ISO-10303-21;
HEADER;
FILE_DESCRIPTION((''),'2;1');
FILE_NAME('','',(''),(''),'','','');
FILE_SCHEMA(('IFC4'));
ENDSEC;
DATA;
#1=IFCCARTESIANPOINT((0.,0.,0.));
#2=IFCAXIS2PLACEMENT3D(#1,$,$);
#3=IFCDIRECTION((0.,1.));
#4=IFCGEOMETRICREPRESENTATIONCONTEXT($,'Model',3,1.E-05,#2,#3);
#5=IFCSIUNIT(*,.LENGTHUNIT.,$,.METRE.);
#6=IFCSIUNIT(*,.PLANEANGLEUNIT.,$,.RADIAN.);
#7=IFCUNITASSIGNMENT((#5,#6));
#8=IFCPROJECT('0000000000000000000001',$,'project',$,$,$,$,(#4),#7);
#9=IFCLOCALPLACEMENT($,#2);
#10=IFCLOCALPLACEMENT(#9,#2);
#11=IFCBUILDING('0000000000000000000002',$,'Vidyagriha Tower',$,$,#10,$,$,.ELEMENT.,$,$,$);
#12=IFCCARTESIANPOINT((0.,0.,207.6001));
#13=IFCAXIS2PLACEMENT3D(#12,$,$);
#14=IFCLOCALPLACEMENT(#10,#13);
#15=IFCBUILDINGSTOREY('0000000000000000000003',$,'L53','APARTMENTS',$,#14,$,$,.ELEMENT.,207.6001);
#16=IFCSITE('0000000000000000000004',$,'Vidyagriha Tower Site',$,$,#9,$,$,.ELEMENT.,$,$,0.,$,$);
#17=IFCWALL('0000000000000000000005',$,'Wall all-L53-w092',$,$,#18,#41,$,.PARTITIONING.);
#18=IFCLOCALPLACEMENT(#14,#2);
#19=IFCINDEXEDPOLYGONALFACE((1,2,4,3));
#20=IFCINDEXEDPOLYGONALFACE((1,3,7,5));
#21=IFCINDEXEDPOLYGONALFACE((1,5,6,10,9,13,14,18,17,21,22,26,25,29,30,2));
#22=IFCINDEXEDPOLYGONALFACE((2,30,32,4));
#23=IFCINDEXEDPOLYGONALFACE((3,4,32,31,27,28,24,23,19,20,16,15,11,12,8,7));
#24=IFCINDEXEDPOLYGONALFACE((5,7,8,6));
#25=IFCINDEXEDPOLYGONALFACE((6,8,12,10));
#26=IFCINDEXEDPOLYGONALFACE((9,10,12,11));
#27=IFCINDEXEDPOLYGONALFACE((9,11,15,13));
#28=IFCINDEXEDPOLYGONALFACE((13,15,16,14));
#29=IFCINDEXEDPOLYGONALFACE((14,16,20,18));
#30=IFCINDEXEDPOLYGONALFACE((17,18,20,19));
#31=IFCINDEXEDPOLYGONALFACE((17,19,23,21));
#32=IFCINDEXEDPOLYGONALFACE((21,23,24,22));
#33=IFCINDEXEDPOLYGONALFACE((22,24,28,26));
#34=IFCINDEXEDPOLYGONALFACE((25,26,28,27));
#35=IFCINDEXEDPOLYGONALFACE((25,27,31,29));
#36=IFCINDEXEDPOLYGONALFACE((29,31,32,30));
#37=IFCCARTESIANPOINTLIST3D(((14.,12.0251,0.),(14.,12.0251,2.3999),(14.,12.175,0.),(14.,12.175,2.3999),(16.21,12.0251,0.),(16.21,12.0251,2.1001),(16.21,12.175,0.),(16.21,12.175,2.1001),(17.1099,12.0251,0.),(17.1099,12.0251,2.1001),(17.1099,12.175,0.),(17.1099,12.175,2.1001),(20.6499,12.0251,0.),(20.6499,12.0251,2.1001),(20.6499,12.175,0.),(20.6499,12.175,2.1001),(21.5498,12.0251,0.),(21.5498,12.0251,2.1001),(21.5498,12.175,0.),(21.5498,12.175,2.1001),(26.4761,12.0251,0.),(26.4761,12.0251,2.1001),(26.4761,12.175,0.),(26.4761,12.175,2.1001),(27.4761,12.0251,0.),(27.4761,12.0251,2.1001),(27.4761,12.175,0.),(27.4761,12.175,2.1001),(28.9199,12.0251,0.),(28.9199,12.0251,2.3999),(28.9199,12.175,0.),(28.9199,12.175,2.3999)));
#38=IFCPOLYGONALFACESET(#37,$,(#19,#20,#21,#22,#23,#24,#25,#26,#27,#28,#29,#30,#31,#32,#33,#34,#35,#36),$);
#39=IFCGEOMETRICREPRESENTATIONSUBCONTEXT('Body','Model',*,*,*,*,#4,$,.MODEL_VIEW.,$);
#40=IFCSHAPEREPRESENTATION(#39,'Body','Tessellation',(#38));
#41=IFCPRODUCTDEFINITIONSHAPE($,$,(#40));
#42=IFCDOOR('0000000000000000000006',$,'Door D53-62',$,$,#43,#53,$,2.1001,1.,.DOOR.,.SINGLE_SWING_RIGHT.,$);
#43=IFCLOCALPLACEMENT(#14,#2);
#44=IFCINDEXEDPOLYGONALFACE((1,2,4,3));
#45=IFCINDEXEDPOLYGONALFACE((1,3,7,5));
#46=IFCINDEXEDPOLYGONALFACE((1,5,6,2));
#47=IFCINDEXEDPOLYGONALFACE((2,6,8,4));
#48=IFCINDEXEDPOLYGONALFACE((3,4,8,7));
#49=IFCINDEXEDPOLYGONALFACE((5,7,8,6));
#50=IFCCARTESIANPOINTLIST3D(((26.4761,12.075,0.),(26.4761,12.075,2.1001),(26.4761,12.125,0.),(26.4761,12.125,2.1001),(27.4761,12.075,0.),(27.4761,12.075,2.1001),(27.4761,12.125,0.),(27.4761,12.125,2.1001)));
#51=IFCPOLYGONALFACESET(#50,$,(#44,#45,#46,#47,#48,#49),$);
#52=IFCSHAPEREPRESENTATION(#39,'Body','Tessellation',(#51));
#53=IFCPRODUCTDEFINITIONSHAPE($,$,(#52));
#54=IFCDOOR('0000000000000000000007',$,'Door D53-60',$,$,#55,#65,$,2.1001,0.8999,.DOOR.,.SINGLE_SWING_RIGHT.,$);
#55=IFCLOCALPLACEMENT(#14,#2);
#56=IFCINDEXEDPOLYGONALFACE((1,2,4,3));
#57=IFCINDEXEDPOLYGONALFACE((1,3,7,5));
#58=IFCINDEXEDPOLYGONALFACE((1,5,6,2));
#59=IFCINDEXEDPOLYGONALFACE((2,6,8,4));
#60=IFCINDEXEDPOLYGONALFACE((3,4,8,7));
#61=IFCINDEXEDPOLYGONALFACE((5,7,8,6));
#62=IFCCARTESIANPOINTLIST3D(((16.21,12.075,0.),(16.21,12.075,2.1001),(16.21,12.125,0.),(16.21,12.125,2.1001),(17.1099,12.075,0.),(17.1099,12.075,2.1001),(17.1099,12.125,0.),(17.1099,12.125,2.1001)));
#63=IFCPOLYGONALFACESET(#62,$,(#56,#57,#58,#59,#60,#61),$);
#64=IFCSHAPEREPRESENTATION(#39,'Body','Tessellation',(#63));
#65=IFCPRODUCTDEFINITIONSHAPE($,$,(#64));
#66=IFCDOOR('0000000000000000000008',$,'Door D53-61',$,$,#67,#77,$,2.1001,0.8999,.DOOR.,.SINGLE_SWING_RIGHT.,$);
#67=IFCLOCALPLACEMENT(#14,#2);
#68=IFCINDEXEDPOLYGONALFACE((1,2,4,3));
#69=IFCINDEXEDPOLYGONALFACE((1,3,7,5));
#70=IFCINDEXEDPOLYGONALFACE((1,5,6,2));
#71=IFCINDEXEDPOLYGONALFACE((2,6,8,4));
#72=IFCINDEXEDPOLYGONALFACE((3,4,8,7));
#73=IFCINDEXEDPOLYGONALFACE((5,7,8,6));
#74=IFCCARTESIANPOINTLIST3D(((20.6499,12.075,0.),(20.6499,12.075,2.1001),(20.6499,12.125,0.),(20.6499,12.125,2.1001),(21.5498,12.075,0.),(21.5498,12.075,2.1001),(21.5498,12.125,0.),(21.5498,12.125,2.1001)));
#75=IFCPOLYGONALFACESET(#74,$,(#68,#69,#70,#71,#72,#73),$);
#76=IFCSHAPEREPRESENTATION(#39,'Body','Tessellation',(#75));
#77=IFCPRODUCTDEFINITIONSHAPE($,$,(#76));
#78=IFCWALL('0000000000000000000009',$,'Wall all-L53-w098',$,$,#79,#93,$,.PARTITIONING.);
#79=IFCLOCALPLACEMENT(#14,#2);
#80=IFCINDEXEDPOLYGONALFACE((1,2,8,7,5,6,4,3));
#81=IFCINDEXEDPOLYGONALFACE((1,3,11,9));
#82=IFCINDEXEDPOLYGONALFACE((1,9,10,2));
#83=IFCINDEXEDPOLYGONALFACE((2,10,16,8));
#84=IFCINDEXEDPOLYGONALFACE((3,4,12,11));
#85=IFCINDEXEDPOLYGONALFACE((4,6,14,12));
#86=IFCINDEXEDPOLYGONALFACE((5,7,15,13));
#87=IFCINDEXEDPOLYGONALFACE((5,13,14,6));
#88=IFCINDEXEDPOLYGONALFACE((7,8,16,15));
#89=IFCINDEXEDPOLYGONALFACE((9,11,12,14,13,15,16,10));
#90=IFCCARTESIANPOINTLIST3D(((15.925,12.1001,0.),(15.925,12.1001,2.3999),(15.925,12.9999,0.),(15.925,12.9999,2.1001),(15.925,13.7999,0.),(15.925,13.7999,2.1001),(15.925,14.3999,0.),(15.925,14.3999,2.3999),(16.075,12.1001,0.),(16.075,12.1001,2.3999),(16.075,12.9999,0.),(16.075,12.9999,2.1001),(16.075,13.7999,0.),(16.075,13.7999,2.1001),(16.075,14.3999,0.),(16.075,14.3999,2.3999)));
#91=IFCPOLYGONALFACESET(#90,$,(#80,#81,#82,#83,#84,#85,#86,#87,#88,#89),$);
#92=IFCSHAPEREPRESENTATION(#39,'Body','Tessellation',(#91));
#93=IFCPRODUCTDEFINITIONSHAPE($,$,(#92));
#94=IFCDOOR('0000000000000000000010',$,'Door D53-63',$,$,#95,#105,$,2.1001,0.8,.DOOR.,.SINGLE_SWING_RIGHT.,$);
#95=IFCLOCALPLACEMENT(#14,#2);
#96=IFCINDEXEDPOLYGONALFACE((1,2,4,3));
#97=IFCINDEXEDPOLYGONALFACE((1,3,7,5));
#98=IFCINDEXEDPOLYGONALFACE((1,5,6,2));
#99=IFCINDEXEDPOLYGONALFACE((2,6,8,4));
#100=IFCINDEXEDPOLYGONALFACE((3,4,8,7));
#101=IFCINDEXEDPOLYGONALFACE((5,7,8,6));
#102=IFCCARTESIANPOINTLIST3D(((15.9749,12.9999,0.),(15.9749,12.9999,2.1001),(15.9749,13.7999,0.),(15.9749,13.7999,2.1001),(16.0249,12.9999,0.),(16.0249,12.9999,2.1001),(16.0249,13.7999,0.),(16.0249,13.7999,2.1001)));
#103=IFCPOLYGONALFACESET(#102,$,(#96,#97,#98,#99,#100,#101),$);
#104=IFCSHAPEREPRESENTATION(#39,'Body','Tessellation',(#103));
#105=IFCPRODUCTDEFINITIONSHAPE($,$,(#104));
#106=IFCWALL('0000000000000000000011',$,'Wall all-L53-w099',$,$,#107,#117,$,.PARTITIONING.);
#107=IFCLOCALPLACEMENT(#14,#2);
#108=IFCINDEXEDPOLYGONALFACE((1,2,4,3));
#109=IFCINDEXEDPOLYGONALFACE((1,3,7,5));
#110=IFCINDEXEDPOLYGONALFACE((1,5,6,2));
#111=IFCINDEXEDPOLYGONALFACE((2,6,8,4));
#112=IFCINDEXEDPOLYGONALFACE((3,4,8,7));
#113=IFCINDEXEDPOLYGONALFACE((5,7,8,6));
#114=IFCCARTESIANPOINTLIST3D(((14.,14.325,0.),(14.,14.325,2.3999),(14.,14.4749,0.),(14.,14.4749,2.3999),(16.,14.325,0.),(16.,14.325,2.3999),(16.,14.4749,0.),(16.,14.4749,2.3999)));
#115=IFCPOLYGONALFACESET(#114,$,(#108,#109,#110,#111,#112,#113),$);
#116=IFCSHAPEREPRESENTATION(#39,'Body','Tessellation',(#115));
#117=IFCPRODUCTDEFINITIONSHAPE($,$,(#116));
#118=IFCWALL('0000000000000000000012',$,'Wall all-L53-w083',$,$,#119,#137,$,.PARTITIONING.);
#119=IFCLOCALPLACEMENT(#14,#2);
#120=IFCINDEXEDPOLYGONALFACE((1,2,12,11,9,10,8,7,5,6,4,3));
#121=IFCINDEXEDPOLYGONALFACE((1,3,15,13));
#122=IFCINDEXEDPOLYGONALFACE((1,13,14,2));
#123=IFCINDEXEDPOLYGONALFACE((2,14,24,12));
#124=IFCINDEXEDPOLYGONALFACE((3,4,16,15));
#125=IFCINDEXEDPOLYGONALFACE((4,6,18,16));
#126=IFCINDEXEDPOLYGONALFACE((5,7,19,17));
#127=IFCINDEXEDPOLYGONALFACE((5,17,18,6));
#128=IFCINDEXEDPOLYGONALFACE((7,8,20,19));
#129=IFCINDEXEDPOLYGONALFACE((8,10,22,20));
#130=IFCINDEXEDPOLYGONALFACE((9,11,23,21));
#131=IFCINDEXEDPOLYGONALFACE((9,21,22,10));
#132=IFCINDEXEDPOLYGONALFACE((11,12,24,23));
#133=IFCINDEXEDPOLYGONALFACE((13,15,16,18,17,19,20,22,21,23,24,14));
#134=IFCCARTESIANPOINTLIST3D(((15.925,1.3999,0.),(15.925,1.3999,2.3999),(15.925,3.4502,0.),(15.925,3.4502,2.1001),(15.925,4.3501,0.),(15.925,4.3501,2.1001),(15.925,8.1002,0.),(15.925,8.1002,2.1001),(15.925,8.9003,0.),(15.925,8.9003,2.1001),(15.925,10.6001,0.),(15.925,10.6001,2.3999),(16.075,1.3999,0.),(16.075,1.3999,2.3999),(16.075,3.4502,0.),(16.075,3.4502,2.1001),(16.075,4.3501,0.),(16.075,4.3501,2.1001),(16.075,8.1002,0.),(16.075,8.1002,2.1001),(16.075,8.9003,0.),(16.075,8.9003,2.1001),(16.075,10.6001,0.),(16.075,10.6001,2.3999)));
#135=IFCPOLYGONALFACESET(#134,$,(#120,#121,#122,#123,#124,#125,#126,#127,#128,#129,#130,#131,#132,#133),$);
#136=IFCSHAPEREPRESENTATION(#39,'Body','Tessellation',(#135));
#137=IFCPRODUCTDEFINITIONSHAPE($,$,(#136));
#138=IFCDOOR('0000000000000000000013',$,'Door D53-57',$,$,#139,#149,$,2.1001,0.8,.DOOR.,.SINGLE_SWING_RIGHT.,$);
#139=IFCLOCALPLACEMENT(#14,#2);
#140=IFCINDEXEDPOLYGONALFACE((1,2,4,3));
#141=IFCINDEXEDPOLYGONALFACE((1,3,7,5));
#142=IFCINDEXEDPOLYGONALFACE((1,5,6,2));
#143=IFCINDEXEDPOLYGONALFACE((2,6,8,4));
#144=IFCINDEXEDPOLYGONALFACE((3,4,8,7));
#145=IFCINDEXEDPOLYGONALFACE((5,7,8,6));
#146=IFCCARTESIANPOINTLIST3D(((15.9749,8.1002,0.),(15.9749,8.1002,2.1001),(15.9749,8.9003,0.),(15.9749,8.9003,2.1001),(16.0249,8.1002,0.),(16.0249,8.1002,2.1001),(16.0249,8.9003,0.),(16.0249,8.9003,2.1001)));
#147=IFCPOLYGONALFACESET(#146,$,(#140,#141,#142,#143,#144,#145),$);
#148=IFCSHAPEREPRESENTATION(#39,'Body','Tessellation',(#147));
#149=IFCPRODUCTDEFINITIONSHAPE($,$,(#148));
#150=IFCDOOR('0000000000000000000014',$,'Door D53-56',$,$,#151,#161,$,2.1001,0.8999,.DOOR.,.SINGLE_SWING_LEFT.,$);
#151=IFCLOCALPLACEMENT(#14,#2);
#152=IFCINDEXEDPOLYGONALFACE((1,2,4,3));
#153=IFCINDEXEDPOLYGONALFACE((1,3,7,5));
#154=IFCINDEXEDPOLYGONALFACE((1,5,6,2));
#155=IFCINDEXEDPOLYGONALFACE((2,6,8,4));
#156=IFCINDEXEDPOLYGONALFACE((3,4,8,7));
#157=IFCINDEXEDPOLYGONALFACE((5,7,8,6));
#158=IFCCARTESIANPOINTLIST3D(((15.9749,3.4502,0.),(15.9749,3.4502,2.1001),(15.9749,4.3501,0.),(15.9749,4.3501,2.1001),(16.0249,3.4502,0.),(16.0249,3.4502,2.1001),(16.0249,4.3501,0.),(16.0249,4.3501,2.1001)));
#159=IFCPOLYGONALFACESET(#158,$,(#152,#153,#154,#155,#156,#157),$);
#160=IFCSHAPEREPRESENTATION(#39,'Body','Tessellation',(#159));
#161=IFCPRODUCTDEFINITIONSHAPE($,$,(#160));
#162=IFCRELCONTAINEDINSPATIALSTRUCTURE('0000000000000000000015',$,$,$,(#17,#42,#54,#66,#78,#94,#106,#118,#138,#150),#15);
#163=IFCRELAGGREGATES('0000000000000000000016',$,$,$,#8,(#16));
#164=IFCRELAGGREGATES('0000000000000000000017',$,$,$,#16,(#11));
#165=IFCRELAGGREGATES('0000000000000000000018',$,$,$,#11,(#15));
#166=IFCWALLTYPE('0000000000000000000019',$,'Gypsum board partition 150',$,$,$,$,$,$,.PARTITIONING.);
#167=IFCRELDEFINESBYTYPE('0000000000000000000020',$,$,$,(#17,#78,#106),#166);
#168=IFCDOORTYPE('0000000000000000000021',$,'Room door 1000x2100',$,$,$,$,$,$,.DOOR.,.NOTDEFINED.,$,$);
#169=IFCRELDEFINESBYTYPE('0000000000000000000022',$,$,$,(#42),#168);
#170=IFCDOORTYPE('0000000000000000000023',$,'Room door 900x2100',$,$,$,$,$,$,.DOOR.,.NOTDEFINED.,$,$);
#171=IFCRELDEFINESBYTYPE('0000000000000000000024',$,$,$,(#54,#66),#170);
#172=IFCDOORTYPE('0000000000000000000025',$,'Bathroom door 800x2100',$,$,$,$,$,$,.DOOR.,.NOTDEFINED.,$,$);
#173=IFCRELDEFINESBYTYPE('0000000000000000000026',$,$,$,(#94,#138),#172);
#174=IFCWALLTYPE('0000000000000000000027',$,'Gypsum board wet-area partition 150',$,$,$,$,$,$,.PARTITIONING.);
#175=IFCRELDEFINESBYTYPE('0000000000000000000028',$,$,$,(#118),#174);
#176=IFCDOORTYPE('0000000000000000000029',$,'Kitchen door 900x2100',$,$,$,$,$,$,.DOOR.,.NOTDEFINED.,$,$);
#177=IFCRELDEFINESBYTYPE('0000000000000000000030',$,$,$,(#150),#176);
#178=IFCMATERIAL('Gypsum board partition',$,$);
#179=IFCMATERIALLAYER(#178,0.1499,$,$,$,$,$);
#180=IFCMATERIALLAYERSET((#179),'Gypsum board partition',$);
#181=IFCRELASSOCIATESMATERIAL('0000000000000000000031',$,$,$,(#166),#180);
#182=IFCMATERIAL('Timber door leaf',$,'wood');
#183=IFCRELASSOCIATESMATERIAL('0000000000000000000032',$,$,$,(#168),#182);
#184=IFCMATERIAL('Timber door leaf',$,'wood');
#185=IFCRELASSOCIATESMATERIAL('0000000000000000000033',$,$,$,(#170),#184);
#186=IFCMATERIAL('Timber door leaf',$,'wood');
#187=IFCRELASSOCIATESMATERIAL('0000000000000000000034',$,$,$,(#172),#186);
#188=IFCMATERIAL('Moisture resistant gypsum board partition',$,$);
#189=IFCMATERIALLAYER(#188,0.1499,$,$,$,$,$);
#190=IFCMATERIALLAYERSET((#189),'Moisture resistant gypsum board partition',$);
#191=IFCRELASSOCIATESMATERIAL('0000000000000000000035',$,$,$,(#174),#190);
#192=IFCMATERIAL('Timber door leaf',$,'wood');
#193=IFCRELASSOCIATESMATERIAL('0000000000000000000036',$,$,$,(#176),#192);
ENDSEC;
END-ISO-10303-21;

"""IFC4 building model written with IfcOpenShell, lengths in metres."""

from ifc_helpers import new_model, si_unit, direction, frame, frame_2d, origin, place, context, subcontext, project, spatial, rectangle, extrude, material, layer, layer_set, type_object, element, fill, save


model = new_model("IFC4")

# Units and contexts
model_context = context("Model", 3, precision=1e-05, world=origin(), true_north=direction((0.0, 1.0)))
body_context = subcontext(model_context, "Body", "Model", "MODEL_VIEW")
ifc_project = project(units=[si_unit("LENGTHUNIT", "METRE"), si_unit("PLANEANGLEUNIT", "RADIAN")], contexts=[model_context])

# Site, building, storey
site_placement = place(None, origin())
site = spatial("IfcSite", under=ifc_project, at=site_placement, Name="Vidyagriha Tower Site", CompositionType="ELEMENT", RefElevation=0.0)
building_placement = place(site_placement, origin())
building = spatial("IfcBuilding", under=site, at=building_placement, Name="Vidyagriha Tower", CompositionType="ELEMENT")
storey_placement = place(building_placement, frame((0.0, 0.0, 207.6001)))
storey = spatial("IfcBuildingStorey", under=building, at=storey_placement, Name="L53", Description="APARTMENTS", CompositionType="ELEMENT", Elevation=207.6001)

# Shared definitions
ifc_material_1 = material(Name="Gypsum board partition")
ifc_layer_1 = layer(ifc_material_1, 0.1499)
ifc_layer_set_1 = layer_set([ifc_layer_1], Name="Gypsum board partition")
wall_type_1 = type_object("IfcWallType", Name="Gypsum board partition 150", PredefinedType="PARTITIONING", material=ifc_layer_set_1)

# Wall, openings, doors
wall_1_placement = place(storey_placement, frame((14.0, 12.1001, 0.0)))
wall_1 = element("IfcWall", 1, at=wall_1_placement, inside=storey, type_object=wall_type_1, Name="Wall all-L53-w092", PredefinedType="PARTITIONING", context=body_context, shape_type="SweptSolid", body=[
    extrude(rectangle(XDim=14.9199, YDim=0.1499, at=frame_2d((7.46, 0.0))), origin(), (0.0, 0.0, 1.0), 2.3999),
])
opening_1_placement = place(wall_1_placement, frame((2.21, 0.0, 0.0)))
opening_1 = element("IfcOpeningElement", 2, at=opening_1_placement, cuts=wall_1, PredefinedType="OPENING", context=body_context, shape_type="SweptSolid", body=[
    extrude(rectangle(XDim=0.8999, YDim=2.1001, at=frame_2d((0.45, 1.05))), frame((0.0, 0.085, 0.0), z_axis=(0.0, -1.0, 0.0), x_axis=(1.0, 0.0, 0.0)), (0.0, 0.0, 1.0), 0.1699),
])
opening_2_placement = place(wall_1_placement, frame((6.6499, 0.0, 0.0)))
opening_2 = element("IfcOpeningElement", 3, at=opening_2_placement, cuts=wall_1, PredefinedType="OPENING", context=body_context, shape_type="SweptSolid", body=[
    extrude(rectangle(XDim=0.8999, YDim=2.1001, at=frame_2d((0.45, 1.05))), frame((0.0, 0.085, 0.0), z_axis=(0.0, -1.0, 0.0), x_axis=(1.0, 0.0, 0.0)), (0.0, 0.0, 1.0), 0.1699),
])
opening_3_placement = place(wall_1_placement, frame((12.4761, 0.0, 0.0)))
opening_3 = element("IfcOpeningElement", 4, at=opening_3_placement, cuts=wall_1, PredefinedType="OPENING", context=body_context, shape_type="SweptSolid", body=[
    extrude(rectangle(XDim=1.0, YDim=2.1001, at=frame_2d((0.5, 1.05))), frame((0.0, 0.085, 0.0), z_axis=(0.0, -1.0, 0.0), x_axis=(1.0, 0.0, 0.0)), (0.0, 0.0, 1.0), 0.1699),
])
ifc_material_2 = material(Name="Timber door leaf", Category="wood")
door_type_1 = type_object("IfcDoorType", Name="Room door 1000x2100", OperationType="NOTDEFINED", PredefinedType="DOOR", material=ifc_material_2)
door_1_placement = place(opening_3_placement, origin())
door_1 = element("IfcDoor", 5, at=door_1_placement, inside=storey, type_object=door_type_1, Name="Door D53-62", OperationType="SINGLE_SWING_RIGHT", OverallHeight=2.1001, OverallWidth=1.0, PredefinedType="DOOR", context=body_context, shape_type="SweptSolid", body=[
    extrude(rectangle(XDim=1.0, YDim=2.1001, at=frame_2d((0.5, 1.05))), frame((0.0, 0.0249, 0.0), z_axis=(0.0, -1.0, 0.0), x_axis=(1.0, 0.0, 0.0)), (0.0, 0.0, 1.0), 0.05),
])
fill(opening_3, door_1)
ifc_material_3 = material(Name="Timber door leaf", Category="wood")
door_type_2 = type_object("IfcDoorType", Name="Room door 900x2100", OperationType="NOTDEFINED", PredefinedType="DOOR", material=ifc_material_3)
door_2_placement = place(opening_1_placement, origin())
door_2 = element("IfcDoor", 6, at=door_2_placement, inside=storey, type_object=door_type_2, Name="Door D53-60", OperationType="SINGLE_SWING_RIGHT", OverallHeight=2.1001, OverallWidth=0.8999, PredefinedType="DOOR", context=body_context, shape_type="SweptSolid", body=[
    extrude(rectangle(XDim=0.8999, YDim=2.1001, at=frame_2d((0.45, 1.05))), frame((0.0, 0.0249, 0.0), z_axis=(0.0, -1.0, 0.0), x_axis=(1.0, 0.0, 0.0)), (0.0, 0.0, 1.0), 0.05),
])
fill(opening_1, door_2)
door_3_placement = place(opening_2_placement, origin())
door_3 = element("IfcDoor", 7, at=door_3_placement, inside=storey, type_object=door_type_2, Name="Door D53-61", OperationType="SINGLE_SWING_RIGHT", OverallHeight=2.1001, OverallWidth=0.8999, PredefinedType="DOOR", context=body_context, shape_type="SweptSolid", body=[
    extrude(rectangle(XDim=0.8999, YDim=2.1001, at=frame_2d((0.45, 1.05))), frame((0.0, 0.0249, 0.0), z_axis=(0.0, -1.0, 0.0), x_axis=(1.0, 0.0, 0.0)), (0.0, 0.0, 1.0), 0.05),
])
fill(opening_2, door_3)

# Wall, opening, door
wall_2_placement = place(storey_placement, frame((16.0, 14.3999, 0.0), z_axis=(0.0, 0.0, 1.0), x_axis=(0.0, -1.0, 0.0)))
wall_2 = element("IfcWall", 8, at=wall_2_placement, inside=storey, type_object=wall_type_1, Name="Wall all-L53-w098", PredefinedType="PARTITIONING", context=body_context, shape_type="SweptSolid", body=[
    extrude(rectangle(XDim=2.2998, YDim=0.1499, at=frame_2d((1.1499, 0.0))), origin(), (0.0, 0.0, 1.0), 2.3999),
])
opening_4_placement = place(wall_2_placement, frame((0.6001, 0.0, 0.0)))
opening_4 = element("IfcOpeningElement", 9, at=opening_4_placement, cuts=wall_2, PredefinedType="OPENING", context=body_context, shape_type="SweptSolid", body=[
    extrude(rectangle(XDim=0.8, YDim=2.1001, at=frame_2d((0.3999, 1.05))), frame((0.0, 0.085, 0.0), z_axis=(0.0, -1.0, 0.0), x_axis=(1.0, 0.0, 0.0)), (0.0, 0.0, 1.0), 0.1699),
])
ifc_material_4 = material(Name="Timber door leaf", Category="wood")
door_type_3 = type_object("IfcDoorType", Name="Bathroom door 800x2100", OperationType="NOTDEFINED", PredefinedType="DOOR", material=ifc_material_4)
door_4_placement = place(opening_4_placement, origin())
door_4 = element("IfcDoor", 10, at=door_4_placement, inside=storey, type_object=door_type_3, Name="Door D53-63", OperationType="SINGLE_SWING_RIGHT", OverallHeight=2.1001, OverallWidth=0.8, PredefinedType="DOOR", context=body_context, shape_type="SweptSolid", body=[
    extrude(rectangle(XDim=0.8, YDim=2.1001, at=frame_2d((0.3999, 1.05))), frame((0.0, 0.0249, 0.0), z_axis=(0.0, -1.0, 0.0), x_axis=(1.0, 0.0, 0.0)), (0.0, 0.0, 1.0), 0.05),
])
fill(opening_4, door_4)

# Wall
wall_3_placement = place(storey_placement, frame((14.0, 14.3999, 0.0)))
element("IfcWall", 11, at=wall_3_placement, inside=storey, type_object=wall_type_1, Name="Wall all-L53-w099", PredefinedType="PARTITIONING", context=body_context, shape_type="SweptSolid", body=[
    extrude(rectangle(XDim=2.0, YDim=0.1499, at=frame_2d((1.0, 0.0))), origin(), (0.0, 0.0, 1.0), 2.3999),
])

# Wall, openings, doors
ifc_material_5 = material(Name="Moisture resistant gypsum board partition")
ifc_layer_2 = layer(ifc_material_5, 0.1499)
ifc_layer_set_2 = layer_set([ifc_layer_2], Name="Moisture resistant gypsum board partition")
wall_type_2 = type_object("IfcWallType", Name="Gypsum board wet-area partition 150", PredefinedType="PARTITIONING", material=ifc_layer_set_2)
wall_4_placement = place(storey_placement, frame((16.0, 10.6001, 0.0), z_axis=(0.0, 0.0, 1.0), x_axis=(0.0, -1.0, 0.0)))
wall_4 = element("IfcWall", 12, at=wall_4_placement, inside=storey, type_object=wall_type_2, Name="Wall all-L53-w083", PredefinedType="PARTITIONING", context=body_context, shape_type="SweptSolid", body=[
    extrude(rectangle(XDim=9.2002, YDim=0.1499, at=frame_2d((4.6001, 0.0))), origin(), (0.0, 0.0, 1.0), 2.3999),
])
opening_5_placement = place(wall_4_placement, frame((6.25, 0.0, 0.0)))
opening_5 = element("IfcOpeningElement", 13, at=opening_5_placement, cuts=wall_4, PredefinedType="OPENING", context=body_context, shape_type="SweptSolid", body=[
    extrude(rectangle(XDim=0.8999, YDim=2.1001, at=frame_2d((0.45, 1.05))), frame((0.0, 0.085, 0.0), z_axis=(0.0, -1.0, 0.0), x_axis=(1.0, 0.0, 0.0)), (0.0, 0.0, 1.0), 0.1699),
])
opening_6_placement = place(wall_4_placement, frame((1.7, 0.0, 0.0)))
opening_6 = element("IfcOpeningElement", 14, at=opening_6_placement, cuts=wall_4, PredefinedType="OPENING", context=body_context, shape_type="SweptSolid", body=[
    extrude(rectangle(XDim=0.8, YDim=2.1001, at=frame_2d((0.3999, 1.05))), frame((0.0, 0.085, 0.0), z_axis=(0.0, -1.0, 0.0), x_axis=(1.0, 0.0, 0.0)), (0.0, 0.0, 1.0), 0.1699),
])
door_5_placement = place(opening_6_placement, origin())
door_5 = element("IfcDoor", 15, at=door_5_placement, inside=storey, type_object=door_type_3, Name="Door D53-57", OperationType="SINGLE_SWING_RIGHT", OverallHeight=2.1001, OverallWidth=0.8, PredefinedType="DOOR", context=body_context, shape_type="SweptSolid", body=[
    extrude(rectangle(XDim=0.8, YDim=2.1001, at=frame_2d((0.3999, 1.05))), frame((0.0, 0.0249, 0.0), z_axis=(0.0, -1.0, 0.0), x_axis=(1.0, 0.0, 0.0)), (0.0, 0.0, 1.0), 0.05),
])
fill(opening_6, door_5)
ifc_material_6 = material(Name="Timber door leaf", Category="wood")
door_type_4 = type_object("IfcDoorType", Name="Kitchen door 900x2100", OperationType="NOTDEFINED", PredefinedType="DOOR", material=ifc_material_6)
door_6_placement = place(opening_5_placement, origin())
door_6 = element("IfcDoor", 16, at=door_6_placement, inside=storey, type_object=door_type_4, Name="Door D53-56", OperationType="SINGLE_SWING_LEFT", OverallHeight=2.1001, OverallWidth=0.8999, PredefinedType="DOOR", context=body_context, shape_type="SweptSolid", body=[
    extrude(rectangle(XDim=0.8999, YDim=2.1001, at=frame_2d((0.45, 1.05))), frame((0.0, 0.0249, 0.0), z_axis=(0.0, -1.0, 0.0), x_axis=(1.0, 0.0, 0.0)), (0.0, 0.0, 1.0), 0.05),
])
fill(opening_5, door_6)

save(model, "model.ifc")
